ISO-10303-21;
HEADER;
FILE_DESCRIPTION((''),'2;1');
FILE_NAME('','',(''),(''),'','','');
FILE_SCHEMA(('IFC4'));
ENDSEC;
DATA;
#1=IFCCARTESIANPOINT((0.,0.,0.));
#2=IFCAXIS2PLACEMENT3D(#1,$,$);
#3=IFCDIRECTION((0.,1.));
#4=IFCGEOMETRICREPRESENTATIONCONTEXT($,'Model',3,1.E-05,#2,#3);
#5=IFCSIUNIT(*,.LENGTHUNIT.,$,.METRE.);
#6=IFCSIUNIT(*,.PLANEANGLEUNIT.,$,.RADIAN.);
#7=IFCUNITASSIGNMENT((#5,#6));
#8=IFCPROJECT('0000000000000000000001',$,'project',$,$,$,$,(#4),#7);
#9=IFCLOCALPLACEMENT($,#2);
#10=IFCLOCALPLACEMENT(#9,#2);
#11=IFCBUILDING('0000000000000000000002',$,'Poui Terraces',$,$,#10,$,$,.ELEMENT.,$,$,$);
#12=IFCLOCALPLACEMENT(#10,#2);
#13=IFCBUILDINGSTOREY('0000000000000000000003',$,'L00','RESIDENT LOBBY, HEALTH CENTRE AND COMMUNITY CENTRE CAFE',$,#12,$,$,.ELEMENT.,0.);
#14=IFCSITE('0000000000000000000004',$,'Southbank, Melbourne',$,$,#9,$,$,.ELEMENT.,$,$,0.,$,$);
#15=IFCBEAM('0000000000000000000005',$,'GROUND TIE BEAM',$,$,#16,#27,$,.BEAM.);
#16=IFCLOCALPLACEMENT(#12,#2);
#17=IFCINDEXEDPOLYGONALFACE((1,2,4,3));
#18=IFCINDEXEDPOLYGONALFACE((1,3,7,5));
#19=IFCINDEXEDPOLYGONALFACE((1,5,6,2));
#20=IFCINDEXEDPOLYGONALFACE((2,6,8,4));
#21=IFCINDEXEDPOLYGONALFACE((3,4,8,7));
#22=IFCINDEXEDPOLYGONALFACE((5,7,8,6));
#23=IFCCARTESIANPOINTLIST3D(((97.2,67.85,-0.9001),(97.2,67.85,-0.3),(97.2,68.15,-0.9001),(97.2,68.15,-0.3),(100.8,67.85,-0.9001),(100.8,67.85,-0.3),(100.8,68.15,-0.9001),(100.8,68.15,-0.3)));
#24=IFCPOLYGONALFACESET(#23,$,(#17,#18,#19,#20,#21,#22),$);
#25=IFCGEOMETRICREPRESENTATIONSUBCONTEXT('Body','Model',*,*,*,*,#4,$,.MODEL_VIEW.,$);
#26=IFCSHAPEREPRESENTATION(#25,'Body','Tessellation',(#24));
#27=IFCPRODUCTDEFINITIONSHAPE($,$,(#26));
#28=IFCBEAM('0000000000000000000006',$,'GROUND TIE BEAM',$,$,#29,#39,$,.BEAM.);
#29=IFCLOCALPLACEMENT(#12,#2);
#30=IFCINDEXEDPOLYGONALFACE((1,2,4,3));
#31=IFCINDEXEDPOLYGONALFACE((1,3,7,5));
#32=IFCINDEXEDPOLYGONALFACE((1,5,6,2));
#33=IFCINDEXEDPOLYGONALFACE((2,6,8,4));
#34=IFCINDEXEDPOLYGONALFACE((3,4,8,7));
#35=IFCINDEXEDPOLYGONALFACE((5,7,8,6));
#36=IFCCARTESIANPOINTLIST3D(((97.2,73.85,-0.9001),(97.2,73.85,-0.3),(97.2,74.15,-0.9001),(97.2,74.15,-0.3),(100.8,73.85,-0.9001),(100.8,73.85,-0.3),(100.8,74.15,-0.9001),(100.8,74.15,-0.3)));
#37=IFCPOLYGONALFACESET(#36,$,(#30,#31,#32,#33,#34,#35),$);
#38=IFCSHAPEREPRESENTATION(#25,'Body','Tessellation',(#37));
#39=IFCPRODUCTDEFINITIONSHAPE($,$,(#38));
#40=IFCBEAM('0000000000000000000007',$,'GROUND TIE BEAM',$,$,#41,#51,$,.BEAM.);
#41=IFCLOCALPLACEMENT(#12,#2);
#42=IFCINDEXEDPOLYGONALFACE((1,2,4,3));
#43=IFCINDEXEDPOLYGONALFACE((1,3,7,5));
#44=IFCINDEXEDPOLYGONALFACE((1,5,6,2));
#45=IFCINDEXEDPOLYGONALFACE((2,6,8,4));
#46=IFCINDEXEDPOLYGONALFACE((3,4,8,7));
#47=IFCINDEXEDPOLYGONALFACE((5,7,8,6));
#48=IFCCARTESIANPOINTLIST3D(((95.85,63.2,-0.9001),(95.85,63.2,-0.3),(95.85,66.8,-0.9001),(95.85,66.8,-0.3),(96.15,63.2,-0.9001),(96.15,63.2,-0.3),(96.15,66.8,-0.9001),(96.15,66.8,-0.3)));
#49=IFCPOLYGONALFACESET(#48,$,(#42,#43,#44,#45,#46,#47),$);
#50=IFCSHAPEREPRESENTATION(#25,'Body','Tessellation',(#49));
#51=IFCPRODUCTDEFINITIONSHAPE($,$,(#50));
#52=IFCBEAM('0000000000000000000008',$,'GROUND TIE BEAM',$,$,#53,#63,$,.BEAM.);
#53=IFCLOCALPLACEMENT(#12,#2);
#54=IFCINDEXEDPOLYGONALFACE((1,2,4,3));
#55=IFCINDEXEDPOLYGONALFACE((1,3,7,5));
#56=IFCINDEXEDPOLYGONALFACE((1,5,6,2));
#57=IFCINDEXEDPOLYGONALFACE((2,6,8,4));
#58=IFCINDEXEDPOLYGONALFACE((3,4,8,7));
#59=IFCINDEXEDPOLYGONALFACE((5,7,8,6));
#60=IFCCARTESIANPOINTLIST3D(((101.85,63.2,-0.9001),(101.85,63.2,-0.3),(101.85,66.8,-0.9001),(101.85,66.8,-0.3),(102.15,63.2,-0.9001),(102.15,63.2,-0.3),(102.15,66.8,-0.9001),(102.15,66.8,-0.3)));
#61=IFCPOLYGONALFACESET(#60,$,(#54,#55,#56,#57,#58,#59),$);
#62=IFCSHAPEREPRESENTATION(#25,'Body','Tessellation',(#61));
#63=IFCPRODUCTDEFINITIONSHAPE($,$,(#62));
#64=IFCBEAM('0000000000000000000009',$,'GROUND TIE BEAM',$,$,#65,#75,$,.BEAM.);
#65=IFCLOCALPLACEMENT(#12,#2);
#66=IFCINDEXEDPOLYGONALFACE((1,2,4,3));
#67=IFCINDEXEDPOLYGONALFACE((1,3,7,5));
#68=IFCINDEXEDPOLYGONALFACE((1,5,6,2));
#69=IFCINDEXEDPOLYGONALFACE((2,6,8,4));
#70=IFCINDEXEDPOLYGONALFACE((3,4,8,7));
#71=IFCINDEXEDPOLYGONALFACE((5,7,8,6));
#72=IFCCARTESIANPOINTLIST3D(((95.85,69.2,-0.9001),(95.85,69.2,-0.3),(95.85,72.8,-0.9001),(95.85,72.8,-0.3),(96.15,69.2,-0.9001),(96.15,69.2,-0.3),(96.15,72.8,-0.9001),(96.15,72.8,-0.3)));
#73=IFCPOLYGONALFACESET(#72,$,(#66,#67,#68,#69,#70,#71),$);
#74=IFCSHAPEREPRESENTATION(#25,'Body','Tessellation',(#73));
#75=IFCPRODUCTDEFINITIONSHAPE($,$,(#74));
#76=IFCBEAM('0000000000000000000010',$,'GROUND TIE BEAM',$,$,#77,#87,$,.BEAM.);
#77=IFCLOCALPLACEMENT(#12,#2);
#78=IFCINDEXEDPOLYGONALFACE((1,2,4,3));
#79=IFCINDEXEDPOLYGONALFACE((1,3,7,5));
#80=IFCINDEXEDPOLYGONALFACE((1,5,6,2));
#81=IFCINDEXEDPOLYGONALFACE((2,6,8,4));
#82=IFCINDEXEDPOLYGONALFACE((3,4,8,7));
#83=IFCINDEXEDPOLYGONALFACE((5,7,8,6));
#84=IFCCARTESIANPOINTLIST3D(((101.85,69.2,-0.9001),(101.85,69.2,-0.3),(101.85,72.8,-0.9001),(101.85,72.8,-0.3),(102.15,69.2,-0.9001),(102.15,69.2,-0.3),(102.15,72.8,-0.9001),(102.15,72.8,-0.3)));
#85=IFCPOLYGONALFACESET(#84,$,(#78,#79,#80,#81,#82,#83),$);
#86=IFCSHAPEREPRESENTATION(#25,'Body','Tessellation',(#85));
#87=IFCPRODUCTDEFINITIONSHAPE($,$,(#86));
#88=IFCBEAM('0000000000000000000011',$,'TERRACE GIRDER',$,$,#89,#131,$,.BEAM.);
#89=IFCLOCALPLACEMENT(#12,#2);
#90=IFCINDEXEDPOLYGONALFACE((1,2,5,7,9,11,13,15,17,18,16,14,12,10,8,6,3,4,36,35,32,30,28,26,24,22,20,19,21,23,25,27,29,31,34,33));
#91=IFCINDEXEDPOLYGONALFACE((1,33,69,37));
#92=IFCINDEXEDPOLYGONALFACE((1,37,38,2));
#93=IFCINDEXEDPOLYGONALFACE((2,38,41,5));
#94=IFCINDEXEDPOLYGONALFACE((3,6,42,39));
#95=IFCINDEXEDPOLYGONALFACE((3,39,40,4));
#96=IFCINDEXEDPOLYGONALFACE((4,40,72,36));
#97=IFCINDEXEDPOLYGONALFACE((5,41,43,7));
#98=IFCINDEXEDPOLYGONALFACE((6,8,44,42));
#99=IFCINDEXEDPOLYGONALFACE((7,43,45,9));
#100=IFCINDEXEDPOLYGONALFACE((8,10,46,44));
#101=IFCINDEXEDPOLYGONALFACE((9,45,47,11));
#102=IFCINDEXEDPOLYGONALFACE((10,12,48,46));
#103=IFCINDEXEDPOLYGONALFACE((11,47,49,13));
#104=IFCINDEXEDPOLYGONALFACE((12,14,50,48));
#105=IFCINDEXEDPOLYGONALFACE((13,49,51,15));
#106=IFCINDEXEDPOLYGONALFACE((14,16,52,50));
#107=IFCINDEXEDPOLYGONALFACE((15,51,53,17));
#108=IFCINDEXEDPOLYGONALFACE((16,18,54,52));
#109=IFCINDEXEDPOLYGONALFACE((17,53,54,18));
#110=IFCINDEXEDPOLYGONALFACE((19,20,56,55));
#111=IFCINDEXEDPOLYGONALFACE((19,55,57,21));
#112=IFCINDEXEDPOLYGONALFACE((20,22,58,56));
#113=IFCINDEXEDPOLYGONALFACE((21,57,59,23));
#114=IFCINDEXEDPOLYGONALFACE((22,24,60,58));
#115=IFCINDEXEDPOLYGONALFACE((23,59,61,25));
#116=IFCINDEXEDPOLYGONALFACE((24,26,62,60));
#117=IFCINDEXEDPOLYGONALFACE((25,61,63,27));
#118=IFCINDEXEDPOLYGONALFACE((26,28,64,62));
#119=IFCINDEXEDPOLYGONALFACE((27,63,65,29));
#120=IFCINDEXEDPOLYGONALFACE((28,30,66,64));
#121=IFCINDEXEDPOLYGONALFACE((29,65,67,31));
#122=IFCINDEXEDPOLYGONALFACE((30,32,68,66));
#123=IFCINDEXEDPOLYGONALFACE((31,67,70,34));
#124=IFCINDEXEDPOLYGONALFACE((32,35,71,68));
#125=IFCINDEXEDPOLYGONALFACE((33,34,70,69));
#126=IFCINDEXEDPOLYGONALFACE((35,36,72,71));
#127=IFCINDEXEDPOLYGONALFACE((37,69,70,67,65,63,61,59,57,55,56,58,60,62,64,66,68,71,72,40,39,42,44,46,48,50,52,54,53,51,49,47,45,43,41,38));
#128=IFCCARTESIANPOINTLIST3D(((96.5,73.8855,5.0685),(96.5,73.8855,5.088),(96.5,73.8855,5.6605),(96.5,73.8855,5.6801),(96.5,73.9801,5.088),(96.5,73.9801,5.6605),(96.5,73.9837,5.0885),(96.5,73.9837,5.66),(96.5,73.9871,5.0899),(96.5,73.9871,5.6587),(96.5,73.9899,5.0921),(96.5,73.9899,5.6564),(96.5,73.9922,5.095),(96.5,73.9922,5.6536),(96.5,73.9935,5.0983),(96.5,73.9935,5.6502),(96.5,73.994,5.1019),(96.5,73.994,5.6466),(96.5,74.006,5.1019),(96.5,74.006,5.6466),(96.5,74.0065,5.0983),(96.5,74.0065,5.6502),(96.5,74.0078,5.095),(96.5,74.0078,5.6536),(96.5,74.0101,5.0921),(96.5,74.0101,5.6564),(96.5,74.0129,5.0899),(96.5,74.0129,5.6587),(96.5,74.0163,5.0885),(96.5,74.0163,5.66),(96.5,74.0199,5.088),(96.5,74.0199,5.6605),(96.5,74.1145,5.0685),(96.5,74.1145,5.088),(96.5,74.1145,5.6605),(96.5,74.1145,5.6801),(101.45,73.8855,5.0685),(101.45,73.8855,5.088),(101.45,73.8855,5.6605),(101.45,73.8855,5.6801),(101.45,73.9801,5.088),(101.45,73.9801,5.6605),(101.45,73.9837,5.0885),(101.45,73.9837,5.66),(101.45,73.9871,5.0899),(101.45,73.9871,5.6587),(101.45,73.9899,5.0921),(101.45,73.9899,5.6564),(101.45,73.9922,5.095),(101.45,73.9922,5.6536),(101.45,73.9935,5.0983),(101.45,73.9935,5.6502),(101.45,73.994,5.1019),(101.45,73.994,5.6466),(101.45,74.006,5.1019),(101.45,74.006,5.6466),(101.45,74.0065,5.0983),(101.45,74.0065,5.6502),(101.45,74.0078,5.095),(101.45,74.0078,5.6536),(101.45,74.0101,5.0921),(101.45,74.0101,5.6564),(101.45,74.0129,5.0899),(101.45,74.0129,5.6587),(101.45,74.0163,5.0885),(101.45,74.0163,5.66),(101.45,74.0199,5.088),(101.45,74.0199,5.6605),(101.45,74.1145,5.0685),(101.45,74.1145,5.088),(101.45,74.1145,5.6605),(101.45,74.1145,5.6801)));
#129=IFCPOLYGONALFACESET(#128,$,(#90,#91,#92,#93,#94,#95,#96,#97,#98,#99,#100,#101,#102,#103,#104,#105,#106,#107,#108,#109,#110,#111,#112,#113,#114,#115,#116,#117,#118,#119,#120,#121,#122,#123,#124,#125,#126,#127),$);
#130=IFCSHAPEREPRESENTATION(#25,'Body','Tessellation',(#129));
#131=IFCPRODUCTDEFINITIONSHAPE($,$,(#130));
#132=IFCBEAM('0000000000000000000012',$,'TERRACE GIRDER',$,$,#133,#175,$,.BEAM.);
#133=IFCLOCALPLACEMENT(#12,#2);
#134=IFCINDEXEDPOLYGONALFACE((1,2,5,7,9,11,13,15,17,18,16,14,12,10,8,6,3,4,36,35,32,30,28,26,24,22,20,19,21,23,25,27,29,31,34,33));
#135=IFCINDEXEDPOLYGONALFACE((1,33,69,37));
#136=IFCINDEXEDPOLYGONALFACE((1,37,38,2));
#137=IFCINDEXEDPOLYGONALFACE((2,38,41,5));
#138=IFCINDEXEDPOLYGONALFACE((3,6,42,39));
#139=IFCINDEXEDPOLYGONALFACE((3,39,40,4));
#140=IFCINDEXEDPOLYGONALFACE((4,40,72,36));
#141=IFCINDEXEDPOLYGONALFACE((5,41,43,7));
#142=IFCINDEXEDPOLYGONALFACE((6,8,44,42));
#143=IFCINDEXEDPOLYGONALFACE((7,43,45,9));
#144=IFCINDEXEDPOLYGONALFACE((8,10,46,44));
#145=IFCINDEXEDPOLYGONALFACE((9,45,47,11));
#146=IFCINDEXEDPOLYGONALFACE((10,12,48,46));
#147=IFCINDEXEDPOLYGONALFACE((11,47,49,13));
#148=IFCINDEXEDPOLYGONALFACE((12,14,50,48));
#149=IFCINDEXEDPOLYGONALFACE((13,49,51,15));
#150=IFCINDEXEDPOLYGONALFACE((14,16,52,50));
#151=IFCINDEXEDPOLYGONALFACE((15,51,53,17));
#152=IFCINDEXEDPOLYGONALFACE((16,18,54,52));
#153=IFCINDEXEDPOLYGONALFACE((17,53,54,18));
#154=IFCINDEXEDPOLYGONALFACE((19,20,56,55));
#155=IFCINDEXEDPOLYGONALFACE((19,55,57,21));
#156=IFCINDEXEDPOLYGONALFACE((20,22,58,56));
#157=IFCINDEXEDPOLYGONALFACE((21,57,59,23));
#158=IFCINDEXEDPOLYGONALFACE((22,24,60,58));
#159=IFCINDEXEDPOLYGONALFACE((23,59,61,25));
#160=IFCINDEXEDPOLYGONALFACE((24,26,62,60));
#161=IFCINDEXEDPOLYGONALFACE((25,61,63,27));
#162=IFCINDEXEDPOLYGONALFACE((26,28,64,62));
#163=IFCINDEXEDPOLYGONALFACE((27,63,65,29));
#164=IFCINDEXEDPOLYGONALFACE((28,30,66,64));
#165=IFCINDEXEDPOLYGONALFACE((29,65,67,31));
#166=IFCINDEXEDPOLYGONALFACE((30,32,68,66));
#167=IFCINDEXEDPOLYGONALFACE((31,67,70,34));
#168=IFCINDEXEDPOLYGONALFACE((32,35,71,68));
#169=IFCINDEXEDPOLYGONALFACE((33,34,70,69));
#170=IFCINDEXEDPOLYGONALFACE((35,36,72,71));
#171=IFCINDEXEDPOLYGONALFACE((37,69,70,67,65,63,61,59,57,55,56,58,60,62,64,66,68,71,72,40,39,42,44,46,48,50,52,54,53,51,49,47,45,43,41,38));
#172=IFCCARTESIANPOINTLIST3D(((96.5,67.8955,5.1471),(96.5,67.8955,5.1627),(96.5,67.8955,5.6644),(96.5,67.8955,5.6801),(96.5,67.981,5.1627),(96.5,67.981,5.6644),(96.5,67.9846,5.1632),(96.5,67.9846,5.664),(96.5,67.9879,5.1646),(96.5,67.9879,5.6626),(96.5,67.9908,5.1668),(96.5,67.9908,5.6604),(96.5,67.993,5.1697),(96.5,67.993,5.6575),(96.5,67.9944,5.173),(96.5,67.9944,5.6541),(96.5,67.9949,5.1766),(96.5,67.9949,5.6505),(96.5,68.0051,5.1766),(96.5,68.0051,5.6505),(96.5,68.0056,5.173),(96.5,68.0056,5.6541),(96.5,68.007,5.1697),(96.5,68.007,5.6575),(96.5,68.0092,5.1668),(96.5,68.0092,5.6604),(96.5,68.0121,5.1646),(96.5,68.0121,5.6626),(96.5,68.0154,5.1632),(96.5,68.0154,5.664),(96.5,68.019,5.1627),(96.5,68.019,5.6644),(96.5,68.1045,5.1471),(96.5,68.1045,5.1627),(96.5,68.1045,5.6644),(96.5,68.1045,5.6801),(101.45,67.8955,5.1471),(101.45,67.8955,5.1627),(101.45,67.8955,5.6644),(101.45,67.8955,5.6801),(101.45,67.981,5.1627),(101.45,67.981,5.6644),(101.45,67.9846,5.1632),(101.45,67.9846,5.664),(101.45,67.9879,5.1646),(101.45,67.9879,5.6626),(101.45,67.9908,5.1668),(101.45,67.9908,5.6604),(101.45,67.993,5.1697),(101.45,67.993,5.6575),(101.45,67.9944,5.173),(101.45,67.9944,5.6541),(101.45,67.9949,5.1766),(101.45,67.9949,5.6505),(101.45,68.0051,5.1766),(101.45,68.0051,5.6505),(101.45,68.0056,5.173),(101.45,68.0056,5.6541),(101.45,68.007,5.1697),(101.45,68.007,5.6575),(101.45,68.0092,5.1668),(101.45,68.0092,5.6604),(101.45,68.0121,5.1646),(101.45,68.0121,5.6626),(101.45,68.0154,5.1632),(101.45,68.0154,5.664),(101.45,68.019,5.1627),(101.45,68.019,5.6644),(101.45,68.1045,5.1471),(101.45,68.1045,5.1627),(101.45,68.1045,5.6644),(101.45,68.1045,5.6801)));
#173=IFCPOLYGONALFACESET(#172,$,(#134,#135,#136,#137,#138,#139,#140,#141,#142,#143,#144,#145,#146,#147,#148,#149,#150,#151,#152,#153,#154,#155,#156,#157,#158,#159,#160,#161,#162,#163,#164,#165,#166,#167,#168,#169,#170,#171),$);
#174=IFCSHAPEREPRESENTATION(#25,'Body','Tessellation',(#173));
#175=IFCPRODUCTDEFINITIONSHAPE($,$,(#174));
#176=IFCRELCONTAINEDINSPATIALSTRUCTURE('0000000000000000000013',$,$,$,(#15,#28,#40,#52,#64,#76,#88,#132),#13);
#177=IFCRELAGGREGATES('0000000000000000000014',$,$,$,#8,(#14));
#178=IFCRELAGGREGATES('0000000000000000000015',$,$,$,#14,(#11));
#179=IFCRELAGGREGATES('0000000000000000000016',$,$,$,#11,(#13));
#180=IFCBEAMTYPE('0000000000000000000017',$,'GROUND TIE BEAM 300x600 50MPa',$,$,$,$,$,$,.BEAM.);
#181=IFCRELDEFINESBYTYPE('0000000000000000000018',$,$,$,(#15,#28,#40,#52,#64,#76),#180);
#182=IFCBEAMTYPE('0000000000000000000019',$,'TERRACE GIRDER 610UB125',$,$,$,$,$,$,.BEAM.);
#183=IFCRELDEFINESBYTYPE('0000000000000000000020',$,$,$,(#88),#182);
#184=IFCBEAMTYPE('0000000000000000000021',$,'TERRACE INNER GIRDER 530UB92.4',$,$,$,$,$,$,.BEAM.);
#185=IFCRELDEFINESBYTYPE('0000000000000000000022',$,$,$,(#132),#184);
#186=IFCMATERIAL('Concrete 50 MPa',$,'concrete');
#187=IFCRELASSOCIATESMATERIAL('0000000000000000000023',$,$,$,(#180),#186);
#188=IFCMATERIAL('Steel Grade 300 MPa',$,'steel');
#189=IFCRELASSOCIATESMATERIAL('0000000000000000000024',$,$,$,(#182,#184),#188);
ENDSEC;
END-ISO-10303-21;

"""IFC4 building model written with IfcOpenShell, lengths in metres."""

from ifc_helpers import new_model, si_unit, direction, frame, origin, origin_2d, place, context, subcontext, project, spatial, rectangle, i_section, extrude, source, transform, mapped, material, material_profile, profile_set, type_object, element, save


model = new_model("IFC4")

# Units and contexts
model_context = context("Model", 3, precision=1e-05, world=origin(), true_north=direction((0.0, 1.0)))
body_context = subcontext(model_context, "Body", "Model", "MODEL_VIEW")
ifc_project = project(units=[si_unit("LENGTHUNIT", "METRE"), si_unit("PLANEANGLEUNIT", "RADIAN")], contexts=[model_context])

# Site, building, storey
site_placement = place(None, origin())
site = spatial("IfcSite", under=ifc_project, at=site_placement, Name="Southbank, Melbourne", CompositionType="ELEMENT", RefElevation=0.0)
building_placement = place(site_placement, origin())
building = spatial("IfcBuilding", under=site, at=building_placement, Name="Poui Terraces", CompositionType="ELEMENT")
storey_placement = place(building_placement, origin())
storey = spatial("IfcBuildingStorey", under=building, at=storey_placement, Name="L00", Description="RESIDENT LOBBY, HEALTH CENTRE AND COMMUNITY CENTRE CAFE", CompositionType="ELEMENT", Elevation=0.0)

# Shared definitions
ifc_material_1 = material(Name="Concrete 50 MPa", Category="concrete")

# Beams
ifc_material_profile_1 = material_profile(ifc_material_1, rectangle(XDim=0.3, YDim=0.6001, at=origin_2d()), Name="RC 300x600")
ifc_profile_set_1 = profile_set([ifc_material_profile_1], Name="Concrete 50 MPa")
beam_type_1 = type_object("IfcBeamType", Name="GROUND TIE BEAM 300x600 50MPa", PredefinedType="BEAM", material=ifc_profile_set_1)
shared_shape_1 = source(origin(), body_context, "Body", "SweptSolid", [
    extrude(rectangle(XDim=0.3, YDim=0.6001, at=origin_2d()), origin(), (0.0, 0.0, 1.0), 3.6001),
])
for number, where, z_axis, x_axis, name in (
    (1, (97.2, 68.0, -0.6001), (1.0, 0.0, 0.0), (0.0, 1.0, 0.0), "GROUND TIE BEAM"),
    (2, (97.2, 74.0, -0.6001), (1.0, 0.0, 0.0), (0.0, 1.0, 0.0), "GROUND TIE BEAM"),
    (3, (96.0, 63.2, -0.6001), (0.0, 1.0, 0.0), (-1.0, 0.0, 0.0), "GROUND TIE BEAM"),
    (4, (102.0, 63.2, -0.6001), (0.0, 1.0, 0.0), (-1.0, 0.0, 0.0), "GROUND TIE BEAM"),
    (5, (96.0, 69.2, -0.6001), (0.0, 1.0, 0.0), (-1.0, 0.0, 0.0), "GROUND TIE BEAM"),
    (6, (102.0, 69.2, -0.6001), (0.0, 1.0, 0.0), (-1.0, 0.0, 0.0), "GROUND TIE BEAM"),
):
    element("IfcBeam", number, at=place(storey_placement, frame(where, z_axis=z_axis, x_axis=x_axis)), inside=storey, type_object=beam_type_1, Name=name, PredefinedType="BEAM", context=body_context, shape_type="MappedRepresentation", body=[
        mapped(shared_shape_1, transform((0.0, 0.0, 0.0))),
    ])
ifc_material_2 = material(Name="Steel Grade 300 MPa", Category="steel")
ifc_material_profile_2 = material_profile(ifc_material_2, i_section(OverallWidth=0.229, OverallDepth=0.6116, WebThickness=0.012, FlangeThickness=0.0195, FilletRadius=0.0139, at=origin_2d()), Name="610UB125")
ifc_profile_set_2 = profile_set([ifc_material_profile_2], Name="Steel Grade 300 MPa")
beam_type_2 = type_object("IfcBeamType", Name="TERRACE GIRDER 610UB125", PredefinedType="BEAM", material=ifc_profile_set_2)
shared_shape_2 = source(origin(), body_context, "Body", "SweptSolid", [
    extrude(i_section(OverallWidth=0.229, OverallDepth=0.6116, WebThickness=0.012, FlangeThickness=0.0195, FilletRadius=0.0139, at=origin_2d()), origin(), (0.0, 0.0, 1.0), 4.95),
])
beam_1_placement = place(storey_placement, frame((96.5, 74.0, 5.3743), z_axis=(1.0, 0.0, 0.0), x_axis=(0.0, 1.0, 0.0)))
element("IfcBeam", 7, at=beam_1_placement, inside=storey, type_object=beam_type_2, Name="TERRACE GIRDER", PredefinedType="BEAM", context=body_context, shape_type="MappedRepresentation", body=[
    mapped(shared_shape_2, transform((0.0, 0.0, 0.0))),
])
ifc_material_profile_3 = material_profile(ifc_material_2, i_section(OverallWidth=0.209, OverallDepth=0.533, WebThickness=0.0103, FlangeThickness=0.0156, FilletRadius=0.0139, at=origin_2d()), Name="530UB92.4")
ifc_profile_set_3 = profile_set([ifc_material_profile_3], Name="Steel Grade 300 MPa")
beam_type_3 = type_object("IfcBeamType", Name="TERRACE INNER GIRDER 530UB92.4", PredefinedType="BEAM", material=ifc_profile_set_3)
shared_shape_3 = source(origin(), body_context, "Body", "SweptSolid", [
    extrude(i_section(OverallWidth=0.209, OverallDepth=0.533, WebThickness=0.0103, FlangeThickness=0.0156, FilletRadius=0.0139, at=origin_2d()), origin(), (0.0, 0.0, 1.0), 4.95),
])
beam_2_placement = place(storey_placement, frame((96.5, 68.0, 5.4136), z_axis=(1.0, 0.0, 0.0), x_axis=(0.0, 1.0, 0.0)))
element("IfcBeam", 8, at=beam_2_placement, inside=storey, type_object=beam_type_3, Name="TERRACE GIRDER", PredefinedType="BEAM", context=body_context, shape_type="MappedRepresentation", body=[
    mapped(shared_shape_3, transform((0.0, 0.0, 0.0))),
])

save(model, "model.ifc")
